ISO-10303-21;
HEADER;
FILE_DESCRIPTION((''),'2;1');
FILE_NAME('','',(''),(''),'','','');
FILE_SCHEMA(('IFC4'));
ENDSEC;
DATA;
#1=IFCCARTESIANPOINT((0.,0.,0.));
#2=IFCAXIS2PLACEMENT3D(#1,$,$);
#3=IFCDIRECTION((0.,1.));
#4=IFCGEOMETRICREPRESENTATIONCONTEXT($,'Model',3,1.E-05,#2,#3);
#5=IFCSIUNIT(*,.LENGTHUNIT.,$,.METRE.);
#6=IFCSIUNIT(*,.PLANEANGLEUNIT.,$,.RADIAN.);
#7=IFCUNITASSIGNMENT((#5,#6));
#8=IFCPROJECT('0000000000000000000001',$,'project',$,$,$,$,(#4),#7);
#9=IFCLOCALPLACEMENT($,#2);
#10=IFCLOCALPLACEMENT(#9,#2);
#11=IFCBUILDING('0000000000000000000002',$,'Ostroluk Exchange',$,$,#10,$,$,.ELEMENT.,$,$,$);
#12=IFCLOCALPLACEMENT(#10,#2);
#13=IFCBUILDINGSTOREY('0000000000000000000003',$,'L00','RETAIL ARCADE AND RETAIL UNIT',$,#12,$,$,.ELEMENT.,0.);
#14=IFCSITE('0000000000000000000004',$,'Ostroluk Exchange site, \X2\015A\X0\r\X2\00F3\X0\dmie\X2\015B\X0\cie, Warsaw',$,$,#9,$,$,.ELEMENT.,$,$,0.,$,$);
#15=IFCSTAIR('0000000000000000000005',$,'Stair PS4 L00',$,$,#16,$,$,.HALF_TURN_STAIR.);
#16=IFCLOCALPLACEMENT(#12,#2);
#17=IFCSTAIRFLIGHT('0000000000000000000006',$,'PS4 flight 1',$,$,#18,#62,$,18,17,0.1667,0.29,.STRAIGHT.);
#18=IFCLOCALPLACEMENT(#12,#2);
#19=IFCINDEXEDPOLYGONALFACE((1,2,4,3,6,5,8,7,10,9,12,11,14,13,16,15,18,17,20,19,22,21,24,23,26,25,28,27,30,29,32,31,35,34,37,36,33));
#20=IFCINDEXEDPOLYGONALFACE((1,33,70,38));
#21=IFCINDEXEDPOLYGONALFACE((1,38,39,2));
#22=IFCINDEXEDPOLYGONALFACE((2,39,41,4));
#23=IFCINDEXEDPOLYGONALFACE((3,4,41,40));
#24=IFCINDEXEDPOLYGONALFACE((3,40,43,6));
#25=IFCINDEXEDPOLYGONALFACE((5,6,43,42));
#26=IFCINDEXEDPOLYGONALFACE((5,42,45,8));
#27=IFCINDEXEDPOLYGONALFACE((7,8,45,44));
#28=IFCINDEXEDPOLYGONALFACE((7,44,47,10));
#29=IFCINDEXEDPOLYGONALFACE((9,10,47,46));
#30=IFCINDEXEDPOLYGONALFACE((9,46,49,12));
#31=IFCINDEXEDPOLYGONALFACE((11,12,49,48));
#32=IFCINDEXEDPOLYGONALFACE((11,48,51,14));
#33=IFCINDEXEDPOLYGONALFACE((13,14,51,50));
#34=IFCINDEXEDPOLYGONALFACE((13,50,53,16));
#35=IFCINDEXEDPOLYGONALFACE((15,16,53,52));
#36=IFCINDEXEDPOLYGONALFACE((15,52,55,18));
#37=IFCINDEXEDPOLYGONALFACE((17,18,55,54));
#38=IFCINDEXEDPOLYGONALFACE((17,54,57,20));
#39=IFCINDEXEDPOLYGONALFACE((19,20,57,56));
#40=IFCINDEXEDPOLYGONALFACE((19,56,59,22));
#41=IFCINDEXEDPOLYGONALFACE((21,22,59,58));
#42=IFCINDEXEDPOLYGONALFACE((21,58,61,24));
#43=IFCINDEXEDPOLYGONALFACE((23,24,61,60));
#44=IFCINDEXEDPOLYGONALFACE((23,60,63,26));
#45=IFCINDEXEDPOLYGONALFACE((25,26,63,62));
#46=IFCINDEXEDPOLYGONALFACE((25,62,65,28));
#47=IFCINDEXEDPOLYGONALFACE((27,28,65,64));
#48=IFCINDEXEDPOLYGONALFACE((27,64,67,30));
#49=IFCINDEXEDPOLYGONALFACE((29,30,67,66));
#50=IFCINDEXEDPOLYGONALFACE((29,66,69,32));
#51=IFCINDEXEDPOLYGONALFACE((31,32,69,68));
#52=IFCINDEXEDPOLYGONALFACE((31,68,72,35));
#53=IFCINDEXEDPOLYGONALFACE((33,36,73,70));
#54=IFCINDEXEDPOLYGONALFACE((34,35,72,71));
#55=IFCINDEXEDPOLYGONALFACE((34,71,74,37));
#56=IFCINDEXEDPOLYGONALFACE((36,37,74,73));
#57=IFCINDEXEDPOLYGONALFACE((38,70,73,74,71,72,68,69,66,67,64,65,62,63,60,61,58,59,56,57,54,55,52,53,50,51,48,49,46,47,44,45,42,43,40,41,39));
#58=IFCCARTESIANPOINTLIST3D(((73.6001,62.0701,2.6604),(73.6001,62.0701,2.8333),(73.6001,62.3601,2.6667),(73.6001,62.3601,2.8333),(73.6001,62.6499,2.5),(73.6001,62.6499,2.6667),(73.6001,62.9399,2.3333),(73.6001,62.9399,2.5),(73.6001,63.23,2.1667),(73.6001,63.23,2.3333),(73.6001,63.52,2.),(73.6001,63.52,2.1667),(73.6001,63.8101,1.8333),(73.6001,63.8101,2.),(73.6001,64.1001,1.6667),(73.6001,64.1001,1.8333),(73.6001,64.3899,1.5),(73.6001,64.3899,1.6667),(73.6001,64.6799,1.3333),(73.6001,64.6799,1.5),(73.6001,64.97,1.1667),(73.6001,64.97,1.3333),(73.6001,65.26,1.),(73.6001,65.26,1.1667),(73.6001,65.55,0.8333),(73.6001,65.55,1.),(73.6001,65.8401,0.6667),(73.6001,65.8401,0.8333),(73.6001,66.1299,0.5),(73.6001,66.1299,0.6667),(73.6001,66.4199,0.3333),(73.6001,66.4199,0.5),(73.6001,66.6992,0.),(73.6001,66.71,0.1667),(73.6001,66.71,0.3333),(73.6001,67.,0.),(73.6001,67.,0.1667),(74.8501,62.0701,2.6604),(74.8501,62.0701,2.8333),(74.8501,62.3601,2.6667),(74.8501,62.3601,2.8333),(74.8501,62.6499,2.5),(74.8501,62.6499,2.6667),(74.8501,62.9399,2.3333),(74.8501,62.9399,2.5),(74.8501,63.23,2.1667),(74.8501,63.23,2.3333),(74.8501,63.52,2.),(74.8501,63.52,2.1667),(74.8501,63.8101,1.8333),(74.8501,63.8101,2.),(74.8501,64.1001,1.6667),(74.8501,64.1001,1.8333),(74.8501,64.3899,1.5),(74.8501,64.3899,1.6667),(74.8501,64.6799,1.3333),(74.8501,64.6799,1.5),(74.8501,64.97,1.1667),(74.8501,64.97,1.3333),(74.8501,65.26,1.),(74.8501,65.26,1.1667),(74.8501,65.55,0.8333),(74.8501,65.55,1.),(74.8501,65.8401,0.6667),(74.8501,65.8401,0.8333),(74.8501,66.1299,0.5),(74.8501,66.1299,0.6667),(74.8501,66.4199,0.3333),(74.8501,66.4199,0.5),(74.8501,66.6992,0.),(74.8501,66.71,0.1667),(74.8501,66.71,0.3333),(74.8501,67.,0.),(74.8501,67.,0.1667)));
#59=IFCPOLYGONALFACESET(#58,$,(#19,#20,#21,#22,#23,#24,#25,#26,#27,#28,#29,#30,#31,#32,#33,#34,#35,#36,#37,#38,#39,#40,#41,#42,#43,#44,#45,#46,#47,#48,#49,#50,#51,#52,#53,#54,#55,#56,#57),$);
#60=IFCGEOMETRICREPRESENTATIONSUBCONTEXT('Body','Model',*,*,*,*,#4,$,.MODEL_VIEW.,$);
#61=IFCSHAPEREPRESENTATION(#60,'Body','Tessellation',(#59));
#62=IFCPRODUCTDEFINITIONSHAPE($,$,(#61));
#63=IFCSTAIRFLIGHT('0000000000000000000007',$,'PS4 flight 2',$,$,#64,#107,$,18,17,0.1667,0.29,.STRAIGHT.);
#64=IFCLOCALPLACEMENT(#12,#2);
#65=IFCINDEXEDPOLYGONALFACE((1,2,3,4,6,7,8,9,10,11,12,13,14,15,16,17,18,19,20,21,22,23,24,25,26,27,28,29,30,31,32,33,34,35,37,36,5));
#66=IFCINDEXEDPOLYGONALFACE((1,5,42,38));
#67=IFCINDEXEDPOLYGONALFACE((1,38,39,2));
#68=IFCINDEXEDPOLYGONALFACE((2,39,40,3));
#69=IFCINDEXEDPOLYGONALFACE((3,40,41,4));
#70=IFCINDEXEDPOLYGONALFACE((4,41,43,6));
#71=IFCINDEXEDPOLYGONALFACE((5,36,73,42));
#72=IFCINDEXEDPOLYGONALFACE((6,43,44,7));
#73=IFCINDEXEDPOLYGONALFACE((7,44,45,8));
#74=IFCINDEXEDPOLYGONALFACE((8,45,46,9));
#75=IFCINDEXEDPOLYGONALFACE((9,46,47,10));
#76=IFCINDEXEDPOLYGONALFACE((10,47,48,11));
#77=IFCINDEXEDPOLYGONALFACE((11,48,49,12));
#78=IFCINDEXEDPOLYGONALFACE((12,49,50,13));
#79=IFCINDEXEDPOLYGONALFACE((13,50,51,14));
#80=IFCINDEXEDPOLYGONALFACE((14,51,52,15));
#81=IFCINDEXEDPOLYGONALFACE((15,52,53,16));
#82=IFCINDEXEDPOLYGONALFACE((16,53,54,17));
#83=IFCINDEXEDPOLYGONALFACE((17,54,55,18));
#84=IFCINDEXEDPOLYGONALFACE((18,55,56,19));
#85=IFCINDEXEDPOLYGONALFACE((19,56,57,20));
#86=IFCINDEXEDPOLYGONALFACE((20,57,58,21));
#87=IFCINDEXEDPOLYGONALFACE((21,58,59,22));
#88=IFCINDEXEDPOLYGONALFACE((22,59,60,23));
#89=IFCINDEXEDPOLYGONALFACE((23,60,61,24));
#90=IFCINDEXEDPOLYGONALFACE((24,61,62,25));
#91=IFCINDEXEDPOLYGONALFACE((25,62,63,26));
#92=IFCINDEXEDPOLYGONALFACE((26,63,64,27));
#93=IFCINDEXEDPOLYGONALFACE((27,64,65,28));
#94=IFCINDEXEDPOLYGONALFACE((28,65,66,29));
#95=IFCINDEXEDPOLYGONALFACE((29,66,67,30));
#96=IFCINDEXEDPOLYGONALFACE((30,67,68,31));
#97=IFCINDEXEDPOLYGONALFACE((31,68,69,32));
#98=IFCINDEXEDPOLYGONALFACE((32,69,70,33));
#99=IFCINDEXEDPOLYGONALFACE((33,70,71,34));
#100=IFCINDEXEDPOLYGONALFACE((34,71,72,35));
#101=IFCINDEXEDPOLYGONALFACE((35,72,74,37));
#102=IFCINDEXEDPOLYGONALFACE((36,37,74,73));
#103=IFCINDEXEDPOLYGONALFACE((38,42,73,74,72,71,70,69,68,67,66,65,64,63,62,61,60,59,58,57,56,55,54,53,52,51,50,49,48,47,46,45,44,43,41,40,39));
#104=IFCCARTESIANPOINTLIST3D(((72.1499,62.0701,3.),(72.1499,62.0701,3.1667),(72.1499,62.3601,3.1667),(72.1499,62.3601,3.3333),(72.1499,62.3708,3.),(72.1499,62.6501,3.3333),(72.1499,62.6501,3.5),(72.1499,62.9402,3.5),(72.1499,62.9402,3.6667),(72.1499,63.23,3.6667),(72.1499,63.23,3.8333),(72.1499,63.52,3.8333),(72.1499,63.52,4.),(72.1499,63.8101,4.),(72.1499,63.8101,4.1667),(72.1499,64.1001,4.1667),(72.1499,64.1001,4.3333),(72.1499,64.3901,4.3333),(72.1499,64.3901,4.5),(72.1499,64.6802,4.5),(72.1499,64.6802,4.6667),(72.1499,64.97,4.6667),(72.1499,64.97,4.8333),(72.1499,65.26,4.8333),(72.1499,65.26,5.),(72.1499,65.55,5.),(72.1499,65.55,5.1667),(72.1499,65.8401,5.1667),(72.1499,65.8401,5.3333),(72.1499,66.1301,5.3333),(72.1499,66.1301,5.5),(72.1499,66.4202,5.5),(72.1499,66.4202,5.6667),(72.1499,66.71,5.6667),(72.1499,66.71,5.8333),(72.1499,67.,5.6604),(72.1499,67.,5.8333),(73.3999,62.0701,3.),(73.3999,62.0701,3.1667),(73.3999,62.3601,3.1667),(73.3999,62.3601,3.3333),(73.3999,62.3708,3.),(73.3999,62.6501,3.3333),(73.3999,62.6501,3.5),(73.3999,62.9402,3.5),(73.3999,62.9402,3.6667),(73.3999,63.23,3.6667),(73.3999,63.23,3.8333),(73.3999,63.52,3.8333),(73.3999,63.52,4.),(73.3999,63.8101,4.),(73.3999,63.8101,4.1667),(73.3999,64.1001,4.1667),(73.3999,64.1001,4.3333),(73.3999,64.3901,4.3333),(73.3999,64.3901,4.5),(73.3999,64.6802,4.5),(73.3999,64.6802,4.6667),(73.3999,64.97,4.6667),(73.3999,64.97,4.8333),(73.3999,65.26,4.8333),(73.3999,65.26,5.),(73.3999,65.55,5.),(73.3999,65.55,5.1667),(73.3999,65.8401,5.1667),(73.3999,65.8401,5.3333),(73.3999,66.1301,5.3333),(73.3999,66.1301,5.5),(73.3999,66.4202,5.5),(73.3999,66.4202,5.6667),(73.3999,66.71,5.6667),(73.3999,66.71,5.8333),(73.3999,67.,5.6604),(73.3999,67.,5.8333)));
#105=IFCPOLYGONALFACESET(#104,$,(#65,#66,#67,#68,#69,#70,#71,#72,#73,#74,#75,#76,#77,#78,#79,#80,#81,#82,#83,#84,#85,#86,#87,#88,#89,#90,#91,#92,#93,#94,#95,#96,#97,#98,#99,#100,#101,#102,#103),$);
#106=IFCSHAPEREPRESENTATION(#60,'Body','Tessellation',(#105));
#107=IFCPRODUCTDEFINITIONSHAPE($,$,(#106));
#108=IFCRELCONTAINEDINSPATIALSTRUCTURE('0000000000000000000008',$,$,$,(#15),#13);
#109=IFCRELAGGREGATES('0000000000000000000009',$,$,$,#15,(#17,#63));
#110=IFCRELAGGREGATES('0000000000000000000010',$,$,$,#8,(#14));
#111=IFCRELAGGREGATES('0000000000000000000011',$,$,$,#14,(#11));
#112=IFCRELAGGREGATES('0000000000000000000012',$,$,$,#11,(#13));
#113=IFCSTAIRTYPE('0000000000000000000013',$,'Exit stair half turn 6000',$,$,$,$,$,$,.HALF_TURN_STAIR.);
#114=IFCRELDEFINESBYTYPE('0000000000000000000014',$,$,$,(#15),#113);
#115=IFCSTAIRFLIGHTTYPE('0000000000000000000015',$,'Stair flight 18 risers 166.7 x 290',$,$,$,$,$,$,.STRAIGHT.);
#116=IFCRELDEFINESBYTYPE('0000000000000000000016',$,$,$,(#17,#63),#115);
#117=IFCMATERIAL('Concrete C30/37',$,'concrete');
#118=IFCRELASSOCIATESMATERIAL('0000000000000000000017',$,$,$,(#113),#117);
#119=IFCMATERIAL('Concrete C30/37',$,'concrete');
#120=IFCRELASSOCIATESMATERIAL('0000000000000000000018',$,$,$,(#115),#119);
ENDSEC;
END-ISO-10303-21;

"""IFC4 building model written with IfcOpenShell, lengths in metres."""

from ifc_helpers import new_model, si_unit, direction, frame, origin, place, context, subcontext, project, spatial, polyline, outline, extrude, material, type_object, element, aggregate, save


model = new_model("IFC4")

# Units and contexts
model_context = context("Model", 3, precision=1e-05, world=origin(), true_north=direction((0.0, 1.0)))
body_context = subcontext(model_context, "Body", "Model", "MODEL_VIEW")
ifc_project = project(units=[si_unit("LENGTHUNIT", "METRE"), si_unit("PLANEANGLEUNIT", "RADIAN")], contexts=[model_context])

# Site, building, storey
site_placement = place(None, origin())
site = spatial("IfcSite", under=ifc_project, at=site_placement, Name="Ostroluk Exchange site, Śródmieście, Warsaw", CompositionType="ELEMENT", RefElevation=0.0)
building_placement = place(site_placement, origin())
building = spatial("IfcBuilding", under=site, at=building_placement, Name="Ostroluk Exchange", CompositionType="ELEMENT")
storey_placement = place(building_placement, origin())
storey = spatial("IfcBuildingStorey", under=building, at=storey_placement, Name="L00", Description="RETAIL ARCADE AND RETAIL UNIT", CompositionType="ELEMENT", Elevation=0.0)

# Stair, stair flights
ifc_material_1 = material(Name="Concrete C30/37", Category="concrete")
stair_type = type_object("IfcStairType", Name="Exit stair half turn 6000", PredefinedType="HALF_TURN_STAIR", material=ifc_material_1)
stair_placement = place(storey_placement, origin())
stair = element("IfcStair", 1, at=stair_placement, inside=storey, type_object=stair_type, Name="Stair PS4 L00", PredefinedType="HALF_TURN_STAIR")
ifc_material_2 = material(Name="Concrete C30/37", Category="concrete")
stair_flight_type = type_object("IfcStairFlightType", Name="Stair flight 18 risers 166.7 x 290", PredefinedType="STRAIGHT", material=ifc_material_2)
stair_flight_1_placement = place(storey_placement, frame((74.2251, 67.0, 0.0), z_axis=(0.0, 0.0, 1.0), x_axis=(0.0, -1.0, 0.0)))
stair_flight_1 = element("IfcStairFlight", 2, at=stair_flight_1_placement, type_object=stair_flight_type, Name="PS4 flight 1", NumberOfRisers=18, NumberOfTreads=17, PredefinedType="STRAIGHT", RiserHeight=0.1667, TreadLength=0.29, context=body_context, shape_type="SweptSolid", body=[
    extrude(outline(polyline([(0.0, 0.0), (0.0, 0.1667), (0.29, 0.1667), (0.29, 0.3333), (0.5801, 0.3333), (0.5801, 0.5), (0.8701, 0.5), (0.8701, 0.6667), (1.1599, 0.6667), (1.1599, 0.8333), (1.45, 0.8333), (1.45, 1.0), (1.74, 1.0), (1.74, 1.1667), (2.03, 1.1667), (2.03, 1.3333), (2.3201, 1.3333), (2.3201, 1.5), (2.6101, 1.5), (2.6101, 1.6667), (2.8999, 1.6667), (2.8999, 1.8333), (3.1899, 1.8333), (3.1899, 2.0), (3.48, 2.0), (3.48, 2.1667), (3.77, 2.1667), (3.77, 2.3333), (4.0601, 2.3333), (4.0601, 2.5), (4.3501, 2.5), (4.3501, 2.6667), (4.6399, 2.6667), (4.6399, 2.8333), (4.9299, 2.8333), (4.9299, 3.0), (4.9299, 2.6604), (0.3008, 0.0), (0.0, 0.0)])), frame((0.0, 0.625, 0.0), z_axis=(0.0, -1.0, 0.0), x_axis=(1.0, 0.0, 0.0)), (0.0, 0.0, 1.0), 1.25),
])
stair_flight_2_placement = place(storey_placement, frame((72.7749, 62.0701, 3.0), z_axis=(0.0, 0.0, 1.0), x_axis=(0.0, 1.0, 0.0)))
stair_flight_2 = element("IfcStairFlight", 3, at=stair_flight_2_placement, type_object=stair_flight_type, Name="PS4 flight 2", NumberOfRisers=18, NumberOfTreads=17, PredefinedType="STRAIGHT", RiserHeight=0.1667, TreadLength=0.29, context=body_context, shape_type="SweptSolid", body=[
    extrude(outline(polyline([(0.0, 0.0), (0.0, 0.1667), (0.29, 0.1667), (0.29, 0.3333), (0.5801, 0.3333), (0.5801, 0.5), (0.8701, 0.5), (0.8701, 0.6667), (1.1599, 0.6667), (1.1599, 0.8333), (1.45, 0.8333), (1.45, 1.0), (1.74, 1.0), (1.74, 1.1667), (2.03, 1.1667), (2.03, 1.3333), (2.3201, 1.3333), (2.3201, 1.5), (2.6101, 1.5), (2.6101, 1.6667), (2.8999, 1.6667), (2.8999, 1.8333), (3.1899, 1.8333), (3.1899, 2.0), (3.48, 2.0), (3.48, 2.1667), (3.77, 2.1667), (3.77, 2.3333), (4.0601, 2.3333), (4.0601, 2.5), (4.3501, 2.5), (4.3501, 2.6667), (4.6399, 2.6667), (4.6399, 2.8333), (4.9299, 2.8333), (4.9299, 3.0), (4.9299, 2.6604), (0.3008, 0.0), (0.0, 0.0)])), frame((0.0, 0.625, 0.0), z_axis=(0.0, -1.0, 0.0), x_axis=(1.0, 0.0, 0.0)), (0.0, 0.0, 1.0), 1.25),
])
aggregate(stair, [stair_flight_1, stair_flight_2])

save(model, "model.ifc")
